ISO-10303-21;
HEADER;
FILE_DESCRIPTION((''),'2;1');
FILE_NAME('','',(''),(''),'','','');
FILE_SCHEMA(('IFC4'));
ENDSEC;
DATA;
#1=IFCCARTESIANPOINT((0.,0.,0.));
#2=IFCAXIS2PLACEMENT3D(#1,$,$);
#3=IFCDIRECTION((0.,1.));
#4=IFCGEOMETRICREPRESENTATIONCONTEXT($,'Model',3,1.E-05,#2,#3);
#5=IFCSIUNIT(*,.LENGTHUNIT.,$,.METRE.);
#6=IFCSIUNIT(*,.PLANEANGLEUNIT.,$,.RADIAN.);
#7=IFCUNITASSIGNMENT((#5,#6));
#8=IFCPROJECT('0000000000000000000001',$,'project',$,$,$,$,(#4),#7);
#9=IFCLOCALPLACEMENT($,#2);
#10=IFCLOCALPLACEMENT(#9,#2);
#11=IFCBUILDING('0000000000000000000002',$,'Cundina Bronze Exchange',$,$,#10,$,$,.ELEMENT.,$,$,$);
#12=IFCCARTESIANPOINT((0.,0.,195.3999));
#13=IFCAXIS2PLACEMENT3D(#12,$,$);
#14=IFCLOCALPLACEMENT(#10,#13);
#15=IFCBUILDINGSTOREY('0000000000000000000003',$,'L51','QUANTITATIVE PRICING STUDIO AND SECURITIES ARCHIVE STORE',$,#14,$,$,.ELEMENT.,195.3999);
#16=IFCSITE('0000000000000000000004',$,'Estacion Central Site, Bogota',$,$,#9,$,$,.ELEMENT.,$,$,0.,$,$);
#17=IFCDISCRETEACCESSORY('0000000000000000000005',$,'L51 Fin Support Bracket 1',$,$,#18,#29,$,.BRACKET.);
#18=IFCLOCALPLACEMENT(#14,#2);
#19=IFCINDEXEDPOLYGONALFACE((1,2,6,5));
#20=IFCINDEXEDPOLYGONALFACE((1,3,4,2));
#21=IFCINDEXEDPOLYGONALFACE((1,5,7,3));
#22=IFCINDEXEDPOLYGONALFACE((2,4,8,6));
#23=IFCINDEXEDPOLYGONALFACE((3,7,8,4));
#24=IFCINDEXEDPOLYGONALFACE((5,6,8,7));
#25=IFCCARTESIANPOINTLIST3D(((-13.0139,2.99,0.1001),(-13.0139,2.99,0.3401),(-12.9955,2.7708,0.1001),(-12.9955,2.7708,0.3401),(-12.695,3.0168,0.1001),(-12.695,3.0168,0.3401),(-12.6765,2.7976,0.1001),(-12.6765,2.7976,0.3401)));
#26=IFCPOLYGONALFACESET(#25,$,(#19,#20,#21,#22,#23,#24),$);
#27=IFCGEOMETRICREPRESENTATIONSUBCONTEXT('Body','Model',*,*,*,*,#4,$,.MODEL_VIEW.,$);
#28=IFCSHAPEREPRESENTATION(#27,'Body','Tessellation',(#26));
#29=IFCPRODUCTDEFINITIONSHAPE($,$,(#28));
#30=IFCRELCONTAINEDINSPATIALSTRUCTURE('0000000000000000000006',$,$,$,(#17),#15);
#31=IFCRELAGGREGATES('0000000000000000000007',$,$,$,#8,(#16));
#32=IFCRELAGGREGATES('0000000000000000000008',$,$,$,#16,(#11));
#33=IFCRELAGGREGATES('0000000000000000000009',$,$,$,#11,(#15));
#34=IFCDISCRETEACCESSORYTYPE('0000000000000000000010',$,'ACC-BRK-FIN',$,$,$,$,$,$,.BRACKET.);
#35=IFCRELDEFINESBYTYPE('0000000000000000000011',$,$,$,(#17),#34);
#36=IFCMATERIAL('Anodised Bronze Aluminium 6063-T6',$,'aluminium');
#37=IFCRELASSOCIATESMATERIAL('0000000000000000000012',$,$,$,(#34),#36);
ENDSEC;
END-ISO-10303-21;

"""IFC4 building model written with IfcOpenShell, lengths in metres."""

from ifc_helpers import new_model, si_unit, direction, frame, origin, origin_2d, place, context, subcontext, project, spatial, rectangle, extrude, material, type_object, element, save


model = new_model("IFC4")

# Units and contexts
model_context = context("Model", 3, precision=1e-05, world=origin(), true_north=direction((0.0, 1.0)))
body_context = subcontext(model_context, "Body", "Model", "MODEL_VIEW")
ifc_project = project(units=[si_unit("LENGTHUNIT", "METRE"), si_unit("PLANEANGLEUNIT", "RADIAN")], contexts=[model_context])

# Site, building, storey
site_placement = place(None, origin())
site = spatial("IfcSite", under=ifc_project, at=site_placement, Name="Estacion Central Site, Bogota", CompositionType="ELEMENT", RefElevation=0.0)
building_placement = place(site_placement, origin())
building = spatial("IfcBuilding", under=site, at=building_placement, Name="Cundina Bronze Exchange", CompositionType="ELEMENT")
storey_placement = place(building_placement, frame((0.0, 0.0, 195.3999)))
storey = spatial("IfcBuildingStorey", under=building, at=storey_placement, Name="L51", Description="QUANTITATIVE PRICING STUDIO AND SECURITIES ARCHIVE STORE", CompositionType="ELEMENT", Elevation=195.3999)

# Shared definitions
ifc_material_1 = material(Name="Anodised Bronze Aluminium 6063-T6", Category="aluminium")

# Discrete accessory
discrete_accessory_type = type_object("IfcDiscreteAccessoryType", Name="ACC-BRK-FIN", PredefinedType="BRACKET", material=ifc_material_1)
discrete_accessory_placement = place(storey_placement, frame((-12.8452, 2.8938, 0.1001), z_axis=(0.0, 0.0, 1.0), x_axis=(-0.083747, 0.996487, 0.0)))
element("IfcDiscreteAccessory", 1, at=discrete_accessory_placement, inside=storey, type_object=discrete_accessory_type, Name="L51 Fin Support Bracket 1", PredefinedType="BRACKET", context=body_context, shape_type="SweptSolid", body=[
    extrude(rectangle(XDim=0.22, YDim=0.3201, at=origin_2d()), origin(), (0.0, 0.0, 1.0), 0.24),
])

save(model, "model.ifc")
